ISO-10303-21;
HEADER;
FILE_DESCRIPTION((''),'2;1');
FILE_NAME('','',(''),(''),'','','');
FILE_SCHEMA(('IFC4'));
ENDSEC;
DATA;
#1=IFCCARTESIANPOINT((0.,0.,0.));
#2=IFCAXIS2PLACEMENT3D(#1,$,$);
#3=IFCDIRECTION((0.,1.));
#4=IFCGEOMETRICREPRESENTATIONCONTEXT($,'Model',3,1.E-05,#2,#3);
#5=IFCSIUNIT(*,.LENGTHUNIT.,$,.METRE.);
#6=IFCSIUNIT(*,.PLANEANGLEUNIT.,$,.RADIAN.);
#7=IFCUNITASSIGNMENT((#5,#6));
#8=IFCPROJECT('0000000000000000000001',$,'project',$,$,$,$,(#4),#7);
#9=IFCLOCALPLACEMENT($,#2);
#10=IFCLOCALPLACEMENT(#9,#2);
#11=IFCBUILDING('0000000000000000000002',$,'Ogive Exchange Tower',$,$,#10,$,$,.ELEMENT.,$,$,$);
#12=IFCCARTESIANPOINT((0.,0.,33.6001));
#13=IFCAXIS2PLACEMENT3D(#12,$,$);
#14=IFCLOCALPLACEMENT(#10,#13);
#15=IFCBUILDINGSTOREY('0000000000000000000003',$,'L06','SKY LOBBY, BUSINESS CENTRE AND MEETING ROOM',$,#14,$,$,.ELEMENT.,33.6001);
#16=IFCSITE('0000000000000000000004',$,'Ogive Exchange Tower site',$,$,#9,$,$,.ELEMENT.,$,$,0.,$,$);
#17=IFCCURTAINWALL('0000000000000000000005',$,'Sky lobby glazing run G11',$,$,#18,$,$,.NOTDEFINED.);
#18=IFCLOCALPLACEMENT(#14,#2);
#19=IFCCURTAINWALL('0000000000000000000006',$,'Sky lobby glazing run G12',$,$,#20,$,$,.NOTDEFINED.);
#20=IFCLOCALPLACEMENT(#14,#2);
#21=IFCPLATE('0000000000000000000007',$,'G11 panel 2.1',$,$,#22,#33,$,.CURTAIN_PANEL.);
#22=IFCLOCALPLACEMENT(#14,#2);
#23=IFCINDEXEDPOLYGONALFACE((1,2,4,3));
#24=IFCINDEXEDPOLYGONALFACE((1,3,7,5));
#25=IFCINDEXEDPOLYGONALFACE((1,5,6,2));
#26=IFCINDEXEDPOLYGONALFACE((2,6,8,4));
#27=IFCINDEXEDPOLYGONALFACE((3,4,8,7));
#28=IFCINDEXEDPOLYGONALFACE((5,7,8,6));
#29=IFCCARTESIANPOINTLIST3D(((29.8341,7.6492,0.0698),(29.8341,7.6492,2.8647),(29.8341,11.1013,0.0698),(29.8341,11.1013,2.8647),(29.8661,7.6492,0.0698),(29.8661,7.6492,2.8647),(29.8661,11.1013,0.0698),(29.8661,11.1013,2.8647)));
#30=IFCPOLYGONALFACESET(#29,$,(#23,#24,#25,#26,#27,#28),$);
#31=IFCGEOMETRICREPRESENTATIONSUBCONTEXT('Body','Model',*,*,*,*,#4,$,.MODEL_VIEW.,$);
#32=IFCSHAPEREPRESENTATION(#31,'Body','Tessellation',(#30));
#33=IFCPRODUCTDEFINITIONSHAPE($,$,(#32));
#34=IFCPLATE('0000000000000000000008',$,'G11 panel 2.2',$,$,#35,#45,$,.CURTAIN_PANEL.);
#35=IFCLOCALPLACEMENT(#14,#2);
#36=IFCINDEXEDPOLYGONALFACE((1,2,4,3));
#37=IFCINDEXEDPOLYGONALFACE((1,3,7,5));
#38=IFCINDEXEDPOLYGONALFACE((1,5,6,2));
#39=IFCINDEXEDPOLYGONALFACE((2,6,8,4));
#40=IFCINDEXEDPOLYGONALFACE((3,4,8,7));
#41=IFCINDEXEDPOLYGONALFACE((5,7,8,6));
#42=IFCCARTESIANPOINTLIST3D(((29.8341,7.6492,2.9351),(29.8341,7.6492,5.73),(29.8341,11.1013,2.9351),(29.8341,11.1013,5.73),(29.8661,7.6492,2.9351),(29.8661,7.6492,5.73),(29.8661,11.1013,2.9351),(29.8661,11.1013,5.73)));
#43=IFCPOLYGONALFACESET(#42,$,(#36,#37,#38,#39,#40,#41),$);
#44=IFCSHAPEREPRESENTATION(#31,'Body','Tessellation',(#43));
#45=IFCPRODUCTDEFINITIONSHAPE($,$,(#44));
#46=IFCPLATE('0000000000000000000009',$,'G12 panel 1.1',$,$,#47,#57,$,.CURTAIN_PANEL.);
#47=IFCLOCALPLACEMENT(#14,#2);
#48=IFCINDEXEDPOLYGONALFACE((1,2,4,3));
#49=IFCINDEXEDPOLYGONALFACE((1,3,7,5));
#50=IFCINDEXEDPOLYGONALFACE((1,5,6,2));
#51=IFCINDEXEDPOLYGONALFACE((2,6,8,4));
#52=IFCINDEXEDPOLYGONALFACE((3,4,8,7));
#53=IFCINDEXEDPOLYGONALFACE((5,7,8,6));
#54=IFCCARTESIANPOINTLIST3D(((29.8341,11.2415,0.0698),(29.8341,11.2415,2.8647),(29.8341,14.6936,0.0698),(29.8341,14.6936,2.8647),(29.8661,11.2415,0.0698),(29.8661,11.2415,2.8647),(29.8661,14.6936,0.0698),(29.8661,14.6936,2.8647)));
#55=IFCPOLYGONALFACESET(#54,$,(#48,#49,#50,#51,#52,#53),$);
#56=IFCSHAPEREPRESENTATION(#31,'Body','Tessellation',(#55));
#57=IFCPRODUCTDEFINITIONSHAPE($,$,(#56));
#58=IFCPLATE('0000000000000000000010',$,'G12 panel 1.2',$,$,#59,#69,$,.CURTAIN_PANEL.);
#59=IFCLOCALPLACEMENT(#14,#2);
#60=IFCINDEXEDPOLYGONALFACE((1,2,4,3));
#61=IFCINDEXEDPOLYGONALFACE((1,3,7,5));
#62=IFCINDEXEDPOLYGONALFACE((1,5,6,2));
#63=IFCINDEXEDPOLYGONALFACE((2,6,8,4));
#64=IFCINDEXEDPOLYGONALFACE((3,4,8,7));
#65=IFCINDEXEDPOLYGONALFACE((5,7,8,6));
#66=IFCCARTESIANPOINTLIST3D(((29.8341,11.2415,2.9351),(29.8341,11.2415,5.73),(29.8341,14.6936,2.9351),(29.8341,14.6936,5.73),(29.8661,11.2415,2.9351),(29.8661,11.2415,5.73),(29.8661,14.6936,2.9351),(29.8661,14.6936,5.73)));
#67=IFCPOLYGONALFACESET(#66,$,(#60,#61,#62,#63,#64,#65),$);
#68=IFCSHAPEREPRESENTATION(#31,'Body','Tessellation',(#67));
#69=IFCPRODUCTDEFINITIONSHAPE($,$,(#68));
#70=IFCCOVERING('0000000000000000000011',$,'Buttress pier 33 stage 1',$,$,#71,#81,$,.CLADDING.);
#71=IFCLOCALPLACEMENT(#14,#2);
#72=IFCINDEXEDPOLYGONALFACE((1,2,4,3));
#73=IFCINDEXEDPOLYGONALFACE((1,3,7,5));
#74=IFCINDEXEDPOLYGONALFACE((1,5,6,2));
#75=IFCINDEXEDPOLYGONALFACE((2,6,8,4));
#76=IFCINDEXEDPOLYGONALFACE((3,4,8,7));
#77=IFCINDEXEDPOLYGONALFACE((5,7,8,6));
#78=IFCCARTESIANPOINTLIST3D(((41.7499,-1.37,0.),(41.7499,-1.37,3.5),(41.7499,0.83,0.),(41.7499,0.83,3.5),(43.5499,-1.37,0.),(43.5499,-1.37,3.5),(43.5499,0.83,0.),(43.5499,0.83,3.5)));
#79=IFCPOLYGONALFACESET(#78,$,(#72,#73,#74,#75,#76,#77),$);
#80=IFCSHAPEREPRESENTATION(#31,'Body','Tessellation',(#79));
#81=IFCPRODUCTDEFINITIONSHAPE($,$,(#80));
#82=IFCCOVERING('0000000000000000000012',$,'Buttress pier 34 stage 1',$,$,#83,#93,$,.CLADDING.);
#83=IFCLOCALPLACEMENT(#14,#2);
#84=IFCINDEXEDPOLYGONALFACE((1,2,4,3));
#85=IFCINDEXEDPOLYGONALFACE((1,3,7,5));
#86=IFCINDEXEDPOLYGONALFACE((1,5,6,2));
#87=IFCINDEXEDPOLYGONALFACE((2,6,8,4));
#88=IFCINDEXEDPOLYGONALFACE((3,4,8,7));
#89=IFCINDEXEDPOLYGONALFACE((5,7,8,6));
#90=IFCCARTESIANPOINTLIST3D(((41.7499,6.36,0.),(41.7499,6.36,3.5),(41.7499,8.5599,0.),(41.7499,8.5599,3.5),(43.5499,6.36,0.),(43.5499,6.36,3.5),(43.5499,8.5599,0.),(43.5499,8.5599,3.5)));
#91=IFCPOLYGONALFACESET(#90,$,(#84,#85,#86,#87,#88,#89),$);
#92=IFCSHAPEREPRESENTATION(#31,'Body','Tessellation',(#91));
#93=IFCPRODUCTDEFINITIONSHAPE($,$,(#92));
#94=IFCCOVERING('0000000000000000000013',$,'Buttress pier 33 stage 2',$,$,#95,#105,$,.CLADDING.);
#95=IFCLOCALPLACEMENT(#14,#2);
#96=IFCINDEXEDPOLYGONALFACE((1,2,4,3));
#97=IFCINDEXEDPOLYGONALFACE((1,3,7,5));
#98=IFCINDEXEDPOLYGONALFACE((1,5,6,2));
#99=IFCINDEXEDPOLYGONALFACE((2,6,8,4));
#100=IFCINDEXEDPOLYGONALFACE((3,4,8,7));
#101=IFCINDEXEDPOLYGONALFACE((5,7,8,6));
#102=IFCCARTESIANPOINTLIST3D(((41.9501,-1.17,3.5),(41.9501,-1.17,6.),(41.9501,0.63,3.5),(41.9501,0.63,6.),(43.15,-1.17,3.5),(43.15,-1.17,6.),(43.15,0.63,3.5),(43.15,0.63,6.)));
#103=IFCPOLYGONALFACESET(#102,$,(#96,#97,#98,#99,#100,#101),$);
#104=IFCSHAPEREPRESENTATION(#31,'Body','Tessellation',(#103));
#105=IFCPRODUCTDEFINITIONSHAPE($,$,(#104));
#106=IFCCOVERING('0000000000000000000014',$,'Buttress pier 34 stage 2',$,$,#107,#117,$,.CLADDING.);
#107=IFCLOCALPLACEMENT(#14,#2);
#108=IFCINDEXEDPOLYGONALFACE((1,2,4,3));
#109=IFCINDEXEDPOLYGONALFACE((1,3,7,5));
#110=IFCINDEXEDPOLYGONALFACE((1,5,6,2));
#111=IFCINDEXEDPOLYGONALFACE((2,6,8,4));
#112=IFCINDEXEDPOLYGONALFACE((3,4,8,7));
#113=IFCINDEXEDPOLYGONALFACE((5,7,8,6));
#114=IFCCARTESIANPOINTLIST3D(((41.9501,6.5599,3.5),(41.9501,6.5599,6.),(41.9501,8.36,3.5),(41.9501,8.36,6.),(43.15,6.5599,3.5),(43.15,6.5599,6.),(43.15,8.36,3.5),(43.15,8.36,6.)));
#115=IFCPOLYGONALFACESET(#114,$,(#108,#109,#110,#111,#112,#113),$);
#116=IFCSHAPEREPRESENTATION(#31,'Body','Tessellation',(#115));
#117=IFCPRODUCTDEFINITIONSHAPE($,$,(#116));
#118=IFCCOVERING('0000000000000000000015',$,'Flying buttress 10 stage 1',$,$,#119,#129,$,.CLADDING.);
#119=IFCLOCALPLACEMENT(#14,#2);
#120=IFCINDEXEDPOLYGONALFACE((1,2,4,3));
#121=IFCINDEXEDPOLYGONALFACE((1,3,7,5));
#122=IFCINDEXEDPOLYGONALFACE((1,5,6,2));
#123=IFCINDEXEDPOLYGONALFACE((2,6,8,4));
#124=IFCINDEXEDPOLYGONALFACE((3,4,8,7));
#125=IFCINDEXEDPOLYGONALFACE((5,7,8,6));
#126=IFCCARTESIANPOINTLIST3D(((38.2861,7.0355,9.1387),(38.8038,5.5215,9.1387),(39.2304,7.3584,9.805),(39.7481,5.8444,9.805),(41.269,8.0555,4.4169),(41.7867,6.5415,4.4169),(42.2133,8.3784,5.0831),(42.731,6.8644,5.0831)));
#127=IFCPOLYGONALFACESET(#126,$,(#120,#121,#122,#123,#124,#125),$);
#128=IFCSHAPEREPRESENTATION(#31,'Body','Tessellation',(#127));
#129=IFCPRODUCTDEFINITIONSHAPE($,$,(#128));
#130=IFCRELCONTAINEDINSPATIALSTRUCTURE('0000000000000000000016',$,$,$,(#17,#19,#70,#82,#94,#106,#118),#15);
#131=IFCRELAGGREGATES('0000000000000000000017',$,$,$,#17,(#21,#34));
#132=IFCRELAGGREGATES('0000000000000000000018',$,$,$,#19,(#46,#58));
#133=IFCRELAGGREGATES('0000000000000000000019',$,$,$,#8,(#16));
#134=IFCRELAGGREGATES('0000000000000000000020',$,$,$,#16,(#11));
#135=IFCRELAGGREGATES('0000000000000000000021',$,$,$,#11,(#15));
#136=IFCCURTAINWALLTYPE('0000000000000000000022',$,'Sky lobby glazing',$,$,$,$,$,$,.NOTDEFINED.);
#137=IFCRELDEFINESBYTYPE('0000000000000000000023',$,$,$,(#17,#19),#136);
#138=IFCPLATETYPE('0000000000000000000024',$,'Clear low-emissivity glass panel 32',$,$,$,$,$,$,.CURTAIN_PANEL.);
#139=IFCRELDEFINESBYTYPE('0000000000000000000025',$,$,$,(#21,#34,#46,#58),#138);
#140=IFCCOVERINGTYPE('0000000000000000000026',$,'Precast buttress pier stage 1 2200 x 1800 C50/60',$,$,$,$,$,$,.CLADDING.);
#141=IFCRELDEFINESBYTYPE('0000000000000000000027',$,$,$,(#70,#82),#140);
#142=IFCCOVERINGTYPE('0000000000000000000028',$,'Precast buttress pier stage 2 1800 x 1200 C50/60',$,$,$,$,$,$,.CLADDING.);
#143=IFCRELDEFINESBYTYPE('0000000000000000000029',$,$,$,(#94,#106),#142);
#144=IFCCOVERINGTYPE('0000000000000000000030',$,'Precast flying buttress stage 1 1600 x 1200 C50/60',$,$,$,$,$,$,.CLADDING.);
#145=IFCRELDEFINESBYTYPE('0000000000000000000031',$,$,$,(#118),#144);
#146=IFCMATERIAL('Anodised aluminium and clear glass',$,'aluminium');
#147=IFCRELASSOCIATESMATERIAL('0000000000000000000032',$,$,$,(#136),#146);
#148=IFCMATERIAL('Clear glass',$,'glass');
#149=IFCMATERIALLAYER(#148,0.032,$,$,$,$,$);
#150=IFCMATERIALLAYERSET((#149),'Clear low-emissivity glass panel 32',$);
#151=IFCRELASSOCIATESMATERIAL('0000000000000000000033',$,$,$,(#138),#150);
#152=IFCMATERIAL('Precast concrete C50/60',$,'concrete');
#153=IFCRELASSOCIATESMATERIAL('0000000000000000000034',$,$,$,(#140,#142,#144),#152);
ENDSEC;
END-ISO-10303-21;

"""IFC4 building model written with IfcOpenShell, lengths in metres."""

from ifc_helpers import new_model, si_unit, direction, frame, origin, origin_2d, place, context, subcontext, project, spatial, rectangle, extrude, material, layer, layer_set, material_profile, profile_set, type_object, element, aggregate, save


model = new_model("IFC4")

# Units and contexts
model_context = context("Model", 3, precision=1e-05, world=origin(), true_north=direction((0.0, 1.0)))
body_context = subcontext(model_context, "Body", "Model", "MODEL_VIEW")
ifc_project = project(units=[si_unit("LENGTHUNIT", "METRE"), si_unit("PLANEANGLEUNIT", "RADIAN")], contexts=[model_context])

# Site, building, storey
site_placement = place(None, origin())
site = spatial("IfcSite", under=ifc_project, at=site_placement, Name="Ogive Exchange Tower site", CompositionType="ELEMENT", RefElevation=0.0)
building_placement = place(site_placement, origin())
building = spatial("IfcBuilding", under=site, at=building_placement, Name="Ogive Exchange Tower", CompositionType="ELEMENT")
storey_placement = place(building_placement, frame((0.0, 0.0, 33.6001)))
storey = spatial("IfcBuildingStorey", under=building, at=storey_placement, Name="L06", Description="SKY LOBBY, BUSINESS CENTRE AND MEETING ROOM", CompositionType="ELEMENT", Elevation=33.6001)

# Curtain wall
ifc_material_1 = material(Name="Anodised aluminium and clear glass", Category="aluminium")
curtain_wall_type = type_object("IfcCurtainWallType", Name="Sky lobby glazing", PredefinedType="NOTDEFINED", material=ifc_material_1)
curtain_wall_1_placement = place(storey_placement, origin())
curtain_wall_1 = element("IfcCurtainWall", 1, at=curtain_wall_1_placement, inside=storey, type_object=curtain_wall_type, Name="Sky lobby glazing run G11", PredefinedType="NOTDEFINED")

# Curtain wall
curtain_wall_2_placement = place(storey_placement, origin())
curtain_wall_2 = element("IfcCurtainWall", 2, at=curtain_wall_2_placement, inside=storey, type_object=curtain_wall_type, Name="Sky lobby glazing run G12", PredefinedType="NOTDEFINED")

# Plates
ifc_material_2 = material(Name="Clear glass", Category="glass")
ifc_layer = layer(ifc_material_2, 0.032)
ifc_layer_set = layer_set([ifc_layer], Name="Clear low-emissivity glass panel 32")
plate_type = type_object("IfcPlateType", Name="Clear low-emissivity glass panel 32", PredefinedType="CURTAIN_PANEL", material=ifc_layer_set)
plate_1_placement = place(storey_placement, frame((29.8501, 9.3752, 0.0698), z_axis=(0.0, 0.0, 1.0), x_axis=(0.0, 1.0, 0.0)))
plate_1 = element("IfcPlate", 3, at=plate_1_placement, type_object=plate_type, Name="G11 panel 2.1", PredefinedType="CURTAIN_PANEL", context=body_context, shape_type="SweptSolid", body=[
    extrude(rectangle(XDim=3.4521, YDim=0.032, at=origin_2d()), origin(), (0.0, 0.0, 1.0), 2.7949),
])
plate_2_placement = place(storey_placement, frame((29.8501, 9.3752, 2.9351), z_axis=(0.0, 0.0, 1.0), x_axis=(0.0, 1.0, 0.0)))
plate_2 = element("IfcPlate", 4, at=plate_2_placement, type_object=plate_type, Name="G11 panel 2.2", PredefinedType="CURTAIN_PANEL", context=body_context, shape_type="SweptSolid", body=[
    extrude(rectangle(XDim=3.4521, YDim=0.032, at=origin_2d()), origin(), (0.0, 0.0, 1.0), 2.7949),
])
aggregate(curtain_wall_1, [plate_1, plate_2])
plate_3_placement = place(storey_placement, frame((29.8501, 12.9675, 0.0698), z_axis=(0.0, 0.0, 1.0), x_axis=(0.0, 1.0, 0.0)))
plate_3 = element("IfcPlate", 5, at=plate_3_placement, type_object=plate_type, Name="G12 panel 1.1", PredefinedType="CURTAIN_PANEL", context=body_context, shape_type="SweptSolid", body=[
    extrude(rectangle(XDim=3.4521, YDim=0.032, at=origin_2d()), origin(), (0.0, 0.0, 1.0), 2.7949),
])
plate_4_placement = place(storey_placement, frame((29.8501, 12.9675, 2.9351), z_axis=(0.0, 0.0, 1.0), x_axis=(0.0, 1.0, 0.0)))
plate_4 = element("IfcPlate", 6, at=plate_4_placement, type_object=plate_type, Name="G12 panel 1.2", PredefinedType="CURTAIN_PANEL", context=body_context, shape_type="SweptSolid", body=[
    extrude(rectangle(XDim=3.4521, YDim=0.032, at=origin_2d()), origin(), (0.0, 0.0, 1.0), 2.7949),
])
aggregate(curtain_wall_2, [plate_3, plate_4])

# Coverings
ifc_material_3 = material(Name="Precast concrete C50/60", Category="concrete")
ifc_material_profile_1 = material_profile(ifc_material_3, rectangle(XDim=2.2, YDim=1.8, at=origin_2d()), Name="BUTTRESS PIER 1 2200 x 1800")
ifc_profile_set_1 = profile_set([ifc_material_profile_1], Name="Precast concrete C50/60")
covering_type_1 = type_object("IfcCoveringType", Name="Precast buttress pier stage 1 2200 x 1800 C50/60", PredefinedType="CLADDING", material=ifc_profile_set_1)
for number, where, z_axis, x_axis, name in (
    (7, (42.6499, -0.27, 0.0), (0.0, 0.0, 1.0), (0.0, 1.0, 0.0), "Buttress pier 33 stage 1"),
    (8, (42.6499, 7.46, 0.0), (0.0, 0.0, 1.0), (0.0, 1.0, 0.0), "Buttress pier 34 stage 1"),
):
    element("IfcCovering", number, at=place(storey_placement, frame(where, z_axis=z_axis, x_axis=x_axis)), inside=storey, type_object=covering_type_1, Name=name, PredefinedType="CLADDING", context=body_context, shape_type="SweptSolid", body=[
        extrude(rectangle(XDim=2.2, YDim=1.8, at=origin_2d()), origin(), (0.0, 0.0, 1.0), 3.5),
    ])
ifc_material_profile_2 = material_profile(ifc_material_3, rectangle(XDim=1.8, YDim=1.2, at=origin_2d()), Name="BUTTRESS PIER 2 1800 x 1200")
ifc_profile_set_2 = profile_set([ifc_material_profile_2], Name="Precast concrete C50/60")
covering_type_2 = type_object("IfcCoveringType", Name="Precast buttress pier stage 2 1800 x 1200 C50/60", PredefinedType="CLADDING", material=ifc_profile_set_2)
for number, where, z_axis, x_axis, name in (
    (9, (42.55, -0.27, 3.5), (0.0, 0.0, 1.0), (0.0, 1.0, 0.0), "Buttress pier 33 stage 2"),
    (10, (42.55, 7.46, 3.5), (0.0, 0.0, 1.0), (0.0, 1.0, 0.0), "Buttress pier 34 stage 2"),
):
    element("IfcCovering", number, at=place(storey_placement, frame(where, z_axis=z_axis, x_axis=x_axis)), inside=storey, type_object=covering_type_2, Name=name, PredefinedType="CLADDING", context=body_context, shape_type="SweptSolid", body=[
        extrude(rectangle(XDim=1.8, YDim=1.2, at=origin_2d()), origin(), (0.0, 0.0, 1.0), 2.5),
    ])
ifc_material_profile_3 = material_profile(ifc_material_3, rectangle(XDim=1.6001, YDim=1.2, at=origin_2d()), Name="FLYING BUTTRESS 1 1600 x 1200")
ifc_profile_set_3 = profile_set([ifc_material_profile_3], Name="Precast concrete C50/60")
covering_type_3 = type_object("IfcCoveringType", Name="Precast flying buttress stage 1 1600 x 1200 C50/60", PredefinedType="CLADDING", material=ifc_profile_set_3)
covering_placement = place(storey_placement, frame((42.0, 7.46, 4.75), z_axis=(-0.525385, -0.179658, 0.831681), x_axis=(0.32356, -0.946208, 0.0)))
element("IfcCovering", 11, at=covering_placement, inside=storey, type_object=covering_type_3, Name="Flying buttress 10 stage 1", PredefinedType="CLADDING", context=body_context, shape_type="SweptSolid", body=[
    extrude(rectangle(XDim=1.6001, YDim=1.2, at=origin_2d()), origin(), (0.0, 0.0, 1.0), 5.6775),
])

save(model, "model.ifc")
